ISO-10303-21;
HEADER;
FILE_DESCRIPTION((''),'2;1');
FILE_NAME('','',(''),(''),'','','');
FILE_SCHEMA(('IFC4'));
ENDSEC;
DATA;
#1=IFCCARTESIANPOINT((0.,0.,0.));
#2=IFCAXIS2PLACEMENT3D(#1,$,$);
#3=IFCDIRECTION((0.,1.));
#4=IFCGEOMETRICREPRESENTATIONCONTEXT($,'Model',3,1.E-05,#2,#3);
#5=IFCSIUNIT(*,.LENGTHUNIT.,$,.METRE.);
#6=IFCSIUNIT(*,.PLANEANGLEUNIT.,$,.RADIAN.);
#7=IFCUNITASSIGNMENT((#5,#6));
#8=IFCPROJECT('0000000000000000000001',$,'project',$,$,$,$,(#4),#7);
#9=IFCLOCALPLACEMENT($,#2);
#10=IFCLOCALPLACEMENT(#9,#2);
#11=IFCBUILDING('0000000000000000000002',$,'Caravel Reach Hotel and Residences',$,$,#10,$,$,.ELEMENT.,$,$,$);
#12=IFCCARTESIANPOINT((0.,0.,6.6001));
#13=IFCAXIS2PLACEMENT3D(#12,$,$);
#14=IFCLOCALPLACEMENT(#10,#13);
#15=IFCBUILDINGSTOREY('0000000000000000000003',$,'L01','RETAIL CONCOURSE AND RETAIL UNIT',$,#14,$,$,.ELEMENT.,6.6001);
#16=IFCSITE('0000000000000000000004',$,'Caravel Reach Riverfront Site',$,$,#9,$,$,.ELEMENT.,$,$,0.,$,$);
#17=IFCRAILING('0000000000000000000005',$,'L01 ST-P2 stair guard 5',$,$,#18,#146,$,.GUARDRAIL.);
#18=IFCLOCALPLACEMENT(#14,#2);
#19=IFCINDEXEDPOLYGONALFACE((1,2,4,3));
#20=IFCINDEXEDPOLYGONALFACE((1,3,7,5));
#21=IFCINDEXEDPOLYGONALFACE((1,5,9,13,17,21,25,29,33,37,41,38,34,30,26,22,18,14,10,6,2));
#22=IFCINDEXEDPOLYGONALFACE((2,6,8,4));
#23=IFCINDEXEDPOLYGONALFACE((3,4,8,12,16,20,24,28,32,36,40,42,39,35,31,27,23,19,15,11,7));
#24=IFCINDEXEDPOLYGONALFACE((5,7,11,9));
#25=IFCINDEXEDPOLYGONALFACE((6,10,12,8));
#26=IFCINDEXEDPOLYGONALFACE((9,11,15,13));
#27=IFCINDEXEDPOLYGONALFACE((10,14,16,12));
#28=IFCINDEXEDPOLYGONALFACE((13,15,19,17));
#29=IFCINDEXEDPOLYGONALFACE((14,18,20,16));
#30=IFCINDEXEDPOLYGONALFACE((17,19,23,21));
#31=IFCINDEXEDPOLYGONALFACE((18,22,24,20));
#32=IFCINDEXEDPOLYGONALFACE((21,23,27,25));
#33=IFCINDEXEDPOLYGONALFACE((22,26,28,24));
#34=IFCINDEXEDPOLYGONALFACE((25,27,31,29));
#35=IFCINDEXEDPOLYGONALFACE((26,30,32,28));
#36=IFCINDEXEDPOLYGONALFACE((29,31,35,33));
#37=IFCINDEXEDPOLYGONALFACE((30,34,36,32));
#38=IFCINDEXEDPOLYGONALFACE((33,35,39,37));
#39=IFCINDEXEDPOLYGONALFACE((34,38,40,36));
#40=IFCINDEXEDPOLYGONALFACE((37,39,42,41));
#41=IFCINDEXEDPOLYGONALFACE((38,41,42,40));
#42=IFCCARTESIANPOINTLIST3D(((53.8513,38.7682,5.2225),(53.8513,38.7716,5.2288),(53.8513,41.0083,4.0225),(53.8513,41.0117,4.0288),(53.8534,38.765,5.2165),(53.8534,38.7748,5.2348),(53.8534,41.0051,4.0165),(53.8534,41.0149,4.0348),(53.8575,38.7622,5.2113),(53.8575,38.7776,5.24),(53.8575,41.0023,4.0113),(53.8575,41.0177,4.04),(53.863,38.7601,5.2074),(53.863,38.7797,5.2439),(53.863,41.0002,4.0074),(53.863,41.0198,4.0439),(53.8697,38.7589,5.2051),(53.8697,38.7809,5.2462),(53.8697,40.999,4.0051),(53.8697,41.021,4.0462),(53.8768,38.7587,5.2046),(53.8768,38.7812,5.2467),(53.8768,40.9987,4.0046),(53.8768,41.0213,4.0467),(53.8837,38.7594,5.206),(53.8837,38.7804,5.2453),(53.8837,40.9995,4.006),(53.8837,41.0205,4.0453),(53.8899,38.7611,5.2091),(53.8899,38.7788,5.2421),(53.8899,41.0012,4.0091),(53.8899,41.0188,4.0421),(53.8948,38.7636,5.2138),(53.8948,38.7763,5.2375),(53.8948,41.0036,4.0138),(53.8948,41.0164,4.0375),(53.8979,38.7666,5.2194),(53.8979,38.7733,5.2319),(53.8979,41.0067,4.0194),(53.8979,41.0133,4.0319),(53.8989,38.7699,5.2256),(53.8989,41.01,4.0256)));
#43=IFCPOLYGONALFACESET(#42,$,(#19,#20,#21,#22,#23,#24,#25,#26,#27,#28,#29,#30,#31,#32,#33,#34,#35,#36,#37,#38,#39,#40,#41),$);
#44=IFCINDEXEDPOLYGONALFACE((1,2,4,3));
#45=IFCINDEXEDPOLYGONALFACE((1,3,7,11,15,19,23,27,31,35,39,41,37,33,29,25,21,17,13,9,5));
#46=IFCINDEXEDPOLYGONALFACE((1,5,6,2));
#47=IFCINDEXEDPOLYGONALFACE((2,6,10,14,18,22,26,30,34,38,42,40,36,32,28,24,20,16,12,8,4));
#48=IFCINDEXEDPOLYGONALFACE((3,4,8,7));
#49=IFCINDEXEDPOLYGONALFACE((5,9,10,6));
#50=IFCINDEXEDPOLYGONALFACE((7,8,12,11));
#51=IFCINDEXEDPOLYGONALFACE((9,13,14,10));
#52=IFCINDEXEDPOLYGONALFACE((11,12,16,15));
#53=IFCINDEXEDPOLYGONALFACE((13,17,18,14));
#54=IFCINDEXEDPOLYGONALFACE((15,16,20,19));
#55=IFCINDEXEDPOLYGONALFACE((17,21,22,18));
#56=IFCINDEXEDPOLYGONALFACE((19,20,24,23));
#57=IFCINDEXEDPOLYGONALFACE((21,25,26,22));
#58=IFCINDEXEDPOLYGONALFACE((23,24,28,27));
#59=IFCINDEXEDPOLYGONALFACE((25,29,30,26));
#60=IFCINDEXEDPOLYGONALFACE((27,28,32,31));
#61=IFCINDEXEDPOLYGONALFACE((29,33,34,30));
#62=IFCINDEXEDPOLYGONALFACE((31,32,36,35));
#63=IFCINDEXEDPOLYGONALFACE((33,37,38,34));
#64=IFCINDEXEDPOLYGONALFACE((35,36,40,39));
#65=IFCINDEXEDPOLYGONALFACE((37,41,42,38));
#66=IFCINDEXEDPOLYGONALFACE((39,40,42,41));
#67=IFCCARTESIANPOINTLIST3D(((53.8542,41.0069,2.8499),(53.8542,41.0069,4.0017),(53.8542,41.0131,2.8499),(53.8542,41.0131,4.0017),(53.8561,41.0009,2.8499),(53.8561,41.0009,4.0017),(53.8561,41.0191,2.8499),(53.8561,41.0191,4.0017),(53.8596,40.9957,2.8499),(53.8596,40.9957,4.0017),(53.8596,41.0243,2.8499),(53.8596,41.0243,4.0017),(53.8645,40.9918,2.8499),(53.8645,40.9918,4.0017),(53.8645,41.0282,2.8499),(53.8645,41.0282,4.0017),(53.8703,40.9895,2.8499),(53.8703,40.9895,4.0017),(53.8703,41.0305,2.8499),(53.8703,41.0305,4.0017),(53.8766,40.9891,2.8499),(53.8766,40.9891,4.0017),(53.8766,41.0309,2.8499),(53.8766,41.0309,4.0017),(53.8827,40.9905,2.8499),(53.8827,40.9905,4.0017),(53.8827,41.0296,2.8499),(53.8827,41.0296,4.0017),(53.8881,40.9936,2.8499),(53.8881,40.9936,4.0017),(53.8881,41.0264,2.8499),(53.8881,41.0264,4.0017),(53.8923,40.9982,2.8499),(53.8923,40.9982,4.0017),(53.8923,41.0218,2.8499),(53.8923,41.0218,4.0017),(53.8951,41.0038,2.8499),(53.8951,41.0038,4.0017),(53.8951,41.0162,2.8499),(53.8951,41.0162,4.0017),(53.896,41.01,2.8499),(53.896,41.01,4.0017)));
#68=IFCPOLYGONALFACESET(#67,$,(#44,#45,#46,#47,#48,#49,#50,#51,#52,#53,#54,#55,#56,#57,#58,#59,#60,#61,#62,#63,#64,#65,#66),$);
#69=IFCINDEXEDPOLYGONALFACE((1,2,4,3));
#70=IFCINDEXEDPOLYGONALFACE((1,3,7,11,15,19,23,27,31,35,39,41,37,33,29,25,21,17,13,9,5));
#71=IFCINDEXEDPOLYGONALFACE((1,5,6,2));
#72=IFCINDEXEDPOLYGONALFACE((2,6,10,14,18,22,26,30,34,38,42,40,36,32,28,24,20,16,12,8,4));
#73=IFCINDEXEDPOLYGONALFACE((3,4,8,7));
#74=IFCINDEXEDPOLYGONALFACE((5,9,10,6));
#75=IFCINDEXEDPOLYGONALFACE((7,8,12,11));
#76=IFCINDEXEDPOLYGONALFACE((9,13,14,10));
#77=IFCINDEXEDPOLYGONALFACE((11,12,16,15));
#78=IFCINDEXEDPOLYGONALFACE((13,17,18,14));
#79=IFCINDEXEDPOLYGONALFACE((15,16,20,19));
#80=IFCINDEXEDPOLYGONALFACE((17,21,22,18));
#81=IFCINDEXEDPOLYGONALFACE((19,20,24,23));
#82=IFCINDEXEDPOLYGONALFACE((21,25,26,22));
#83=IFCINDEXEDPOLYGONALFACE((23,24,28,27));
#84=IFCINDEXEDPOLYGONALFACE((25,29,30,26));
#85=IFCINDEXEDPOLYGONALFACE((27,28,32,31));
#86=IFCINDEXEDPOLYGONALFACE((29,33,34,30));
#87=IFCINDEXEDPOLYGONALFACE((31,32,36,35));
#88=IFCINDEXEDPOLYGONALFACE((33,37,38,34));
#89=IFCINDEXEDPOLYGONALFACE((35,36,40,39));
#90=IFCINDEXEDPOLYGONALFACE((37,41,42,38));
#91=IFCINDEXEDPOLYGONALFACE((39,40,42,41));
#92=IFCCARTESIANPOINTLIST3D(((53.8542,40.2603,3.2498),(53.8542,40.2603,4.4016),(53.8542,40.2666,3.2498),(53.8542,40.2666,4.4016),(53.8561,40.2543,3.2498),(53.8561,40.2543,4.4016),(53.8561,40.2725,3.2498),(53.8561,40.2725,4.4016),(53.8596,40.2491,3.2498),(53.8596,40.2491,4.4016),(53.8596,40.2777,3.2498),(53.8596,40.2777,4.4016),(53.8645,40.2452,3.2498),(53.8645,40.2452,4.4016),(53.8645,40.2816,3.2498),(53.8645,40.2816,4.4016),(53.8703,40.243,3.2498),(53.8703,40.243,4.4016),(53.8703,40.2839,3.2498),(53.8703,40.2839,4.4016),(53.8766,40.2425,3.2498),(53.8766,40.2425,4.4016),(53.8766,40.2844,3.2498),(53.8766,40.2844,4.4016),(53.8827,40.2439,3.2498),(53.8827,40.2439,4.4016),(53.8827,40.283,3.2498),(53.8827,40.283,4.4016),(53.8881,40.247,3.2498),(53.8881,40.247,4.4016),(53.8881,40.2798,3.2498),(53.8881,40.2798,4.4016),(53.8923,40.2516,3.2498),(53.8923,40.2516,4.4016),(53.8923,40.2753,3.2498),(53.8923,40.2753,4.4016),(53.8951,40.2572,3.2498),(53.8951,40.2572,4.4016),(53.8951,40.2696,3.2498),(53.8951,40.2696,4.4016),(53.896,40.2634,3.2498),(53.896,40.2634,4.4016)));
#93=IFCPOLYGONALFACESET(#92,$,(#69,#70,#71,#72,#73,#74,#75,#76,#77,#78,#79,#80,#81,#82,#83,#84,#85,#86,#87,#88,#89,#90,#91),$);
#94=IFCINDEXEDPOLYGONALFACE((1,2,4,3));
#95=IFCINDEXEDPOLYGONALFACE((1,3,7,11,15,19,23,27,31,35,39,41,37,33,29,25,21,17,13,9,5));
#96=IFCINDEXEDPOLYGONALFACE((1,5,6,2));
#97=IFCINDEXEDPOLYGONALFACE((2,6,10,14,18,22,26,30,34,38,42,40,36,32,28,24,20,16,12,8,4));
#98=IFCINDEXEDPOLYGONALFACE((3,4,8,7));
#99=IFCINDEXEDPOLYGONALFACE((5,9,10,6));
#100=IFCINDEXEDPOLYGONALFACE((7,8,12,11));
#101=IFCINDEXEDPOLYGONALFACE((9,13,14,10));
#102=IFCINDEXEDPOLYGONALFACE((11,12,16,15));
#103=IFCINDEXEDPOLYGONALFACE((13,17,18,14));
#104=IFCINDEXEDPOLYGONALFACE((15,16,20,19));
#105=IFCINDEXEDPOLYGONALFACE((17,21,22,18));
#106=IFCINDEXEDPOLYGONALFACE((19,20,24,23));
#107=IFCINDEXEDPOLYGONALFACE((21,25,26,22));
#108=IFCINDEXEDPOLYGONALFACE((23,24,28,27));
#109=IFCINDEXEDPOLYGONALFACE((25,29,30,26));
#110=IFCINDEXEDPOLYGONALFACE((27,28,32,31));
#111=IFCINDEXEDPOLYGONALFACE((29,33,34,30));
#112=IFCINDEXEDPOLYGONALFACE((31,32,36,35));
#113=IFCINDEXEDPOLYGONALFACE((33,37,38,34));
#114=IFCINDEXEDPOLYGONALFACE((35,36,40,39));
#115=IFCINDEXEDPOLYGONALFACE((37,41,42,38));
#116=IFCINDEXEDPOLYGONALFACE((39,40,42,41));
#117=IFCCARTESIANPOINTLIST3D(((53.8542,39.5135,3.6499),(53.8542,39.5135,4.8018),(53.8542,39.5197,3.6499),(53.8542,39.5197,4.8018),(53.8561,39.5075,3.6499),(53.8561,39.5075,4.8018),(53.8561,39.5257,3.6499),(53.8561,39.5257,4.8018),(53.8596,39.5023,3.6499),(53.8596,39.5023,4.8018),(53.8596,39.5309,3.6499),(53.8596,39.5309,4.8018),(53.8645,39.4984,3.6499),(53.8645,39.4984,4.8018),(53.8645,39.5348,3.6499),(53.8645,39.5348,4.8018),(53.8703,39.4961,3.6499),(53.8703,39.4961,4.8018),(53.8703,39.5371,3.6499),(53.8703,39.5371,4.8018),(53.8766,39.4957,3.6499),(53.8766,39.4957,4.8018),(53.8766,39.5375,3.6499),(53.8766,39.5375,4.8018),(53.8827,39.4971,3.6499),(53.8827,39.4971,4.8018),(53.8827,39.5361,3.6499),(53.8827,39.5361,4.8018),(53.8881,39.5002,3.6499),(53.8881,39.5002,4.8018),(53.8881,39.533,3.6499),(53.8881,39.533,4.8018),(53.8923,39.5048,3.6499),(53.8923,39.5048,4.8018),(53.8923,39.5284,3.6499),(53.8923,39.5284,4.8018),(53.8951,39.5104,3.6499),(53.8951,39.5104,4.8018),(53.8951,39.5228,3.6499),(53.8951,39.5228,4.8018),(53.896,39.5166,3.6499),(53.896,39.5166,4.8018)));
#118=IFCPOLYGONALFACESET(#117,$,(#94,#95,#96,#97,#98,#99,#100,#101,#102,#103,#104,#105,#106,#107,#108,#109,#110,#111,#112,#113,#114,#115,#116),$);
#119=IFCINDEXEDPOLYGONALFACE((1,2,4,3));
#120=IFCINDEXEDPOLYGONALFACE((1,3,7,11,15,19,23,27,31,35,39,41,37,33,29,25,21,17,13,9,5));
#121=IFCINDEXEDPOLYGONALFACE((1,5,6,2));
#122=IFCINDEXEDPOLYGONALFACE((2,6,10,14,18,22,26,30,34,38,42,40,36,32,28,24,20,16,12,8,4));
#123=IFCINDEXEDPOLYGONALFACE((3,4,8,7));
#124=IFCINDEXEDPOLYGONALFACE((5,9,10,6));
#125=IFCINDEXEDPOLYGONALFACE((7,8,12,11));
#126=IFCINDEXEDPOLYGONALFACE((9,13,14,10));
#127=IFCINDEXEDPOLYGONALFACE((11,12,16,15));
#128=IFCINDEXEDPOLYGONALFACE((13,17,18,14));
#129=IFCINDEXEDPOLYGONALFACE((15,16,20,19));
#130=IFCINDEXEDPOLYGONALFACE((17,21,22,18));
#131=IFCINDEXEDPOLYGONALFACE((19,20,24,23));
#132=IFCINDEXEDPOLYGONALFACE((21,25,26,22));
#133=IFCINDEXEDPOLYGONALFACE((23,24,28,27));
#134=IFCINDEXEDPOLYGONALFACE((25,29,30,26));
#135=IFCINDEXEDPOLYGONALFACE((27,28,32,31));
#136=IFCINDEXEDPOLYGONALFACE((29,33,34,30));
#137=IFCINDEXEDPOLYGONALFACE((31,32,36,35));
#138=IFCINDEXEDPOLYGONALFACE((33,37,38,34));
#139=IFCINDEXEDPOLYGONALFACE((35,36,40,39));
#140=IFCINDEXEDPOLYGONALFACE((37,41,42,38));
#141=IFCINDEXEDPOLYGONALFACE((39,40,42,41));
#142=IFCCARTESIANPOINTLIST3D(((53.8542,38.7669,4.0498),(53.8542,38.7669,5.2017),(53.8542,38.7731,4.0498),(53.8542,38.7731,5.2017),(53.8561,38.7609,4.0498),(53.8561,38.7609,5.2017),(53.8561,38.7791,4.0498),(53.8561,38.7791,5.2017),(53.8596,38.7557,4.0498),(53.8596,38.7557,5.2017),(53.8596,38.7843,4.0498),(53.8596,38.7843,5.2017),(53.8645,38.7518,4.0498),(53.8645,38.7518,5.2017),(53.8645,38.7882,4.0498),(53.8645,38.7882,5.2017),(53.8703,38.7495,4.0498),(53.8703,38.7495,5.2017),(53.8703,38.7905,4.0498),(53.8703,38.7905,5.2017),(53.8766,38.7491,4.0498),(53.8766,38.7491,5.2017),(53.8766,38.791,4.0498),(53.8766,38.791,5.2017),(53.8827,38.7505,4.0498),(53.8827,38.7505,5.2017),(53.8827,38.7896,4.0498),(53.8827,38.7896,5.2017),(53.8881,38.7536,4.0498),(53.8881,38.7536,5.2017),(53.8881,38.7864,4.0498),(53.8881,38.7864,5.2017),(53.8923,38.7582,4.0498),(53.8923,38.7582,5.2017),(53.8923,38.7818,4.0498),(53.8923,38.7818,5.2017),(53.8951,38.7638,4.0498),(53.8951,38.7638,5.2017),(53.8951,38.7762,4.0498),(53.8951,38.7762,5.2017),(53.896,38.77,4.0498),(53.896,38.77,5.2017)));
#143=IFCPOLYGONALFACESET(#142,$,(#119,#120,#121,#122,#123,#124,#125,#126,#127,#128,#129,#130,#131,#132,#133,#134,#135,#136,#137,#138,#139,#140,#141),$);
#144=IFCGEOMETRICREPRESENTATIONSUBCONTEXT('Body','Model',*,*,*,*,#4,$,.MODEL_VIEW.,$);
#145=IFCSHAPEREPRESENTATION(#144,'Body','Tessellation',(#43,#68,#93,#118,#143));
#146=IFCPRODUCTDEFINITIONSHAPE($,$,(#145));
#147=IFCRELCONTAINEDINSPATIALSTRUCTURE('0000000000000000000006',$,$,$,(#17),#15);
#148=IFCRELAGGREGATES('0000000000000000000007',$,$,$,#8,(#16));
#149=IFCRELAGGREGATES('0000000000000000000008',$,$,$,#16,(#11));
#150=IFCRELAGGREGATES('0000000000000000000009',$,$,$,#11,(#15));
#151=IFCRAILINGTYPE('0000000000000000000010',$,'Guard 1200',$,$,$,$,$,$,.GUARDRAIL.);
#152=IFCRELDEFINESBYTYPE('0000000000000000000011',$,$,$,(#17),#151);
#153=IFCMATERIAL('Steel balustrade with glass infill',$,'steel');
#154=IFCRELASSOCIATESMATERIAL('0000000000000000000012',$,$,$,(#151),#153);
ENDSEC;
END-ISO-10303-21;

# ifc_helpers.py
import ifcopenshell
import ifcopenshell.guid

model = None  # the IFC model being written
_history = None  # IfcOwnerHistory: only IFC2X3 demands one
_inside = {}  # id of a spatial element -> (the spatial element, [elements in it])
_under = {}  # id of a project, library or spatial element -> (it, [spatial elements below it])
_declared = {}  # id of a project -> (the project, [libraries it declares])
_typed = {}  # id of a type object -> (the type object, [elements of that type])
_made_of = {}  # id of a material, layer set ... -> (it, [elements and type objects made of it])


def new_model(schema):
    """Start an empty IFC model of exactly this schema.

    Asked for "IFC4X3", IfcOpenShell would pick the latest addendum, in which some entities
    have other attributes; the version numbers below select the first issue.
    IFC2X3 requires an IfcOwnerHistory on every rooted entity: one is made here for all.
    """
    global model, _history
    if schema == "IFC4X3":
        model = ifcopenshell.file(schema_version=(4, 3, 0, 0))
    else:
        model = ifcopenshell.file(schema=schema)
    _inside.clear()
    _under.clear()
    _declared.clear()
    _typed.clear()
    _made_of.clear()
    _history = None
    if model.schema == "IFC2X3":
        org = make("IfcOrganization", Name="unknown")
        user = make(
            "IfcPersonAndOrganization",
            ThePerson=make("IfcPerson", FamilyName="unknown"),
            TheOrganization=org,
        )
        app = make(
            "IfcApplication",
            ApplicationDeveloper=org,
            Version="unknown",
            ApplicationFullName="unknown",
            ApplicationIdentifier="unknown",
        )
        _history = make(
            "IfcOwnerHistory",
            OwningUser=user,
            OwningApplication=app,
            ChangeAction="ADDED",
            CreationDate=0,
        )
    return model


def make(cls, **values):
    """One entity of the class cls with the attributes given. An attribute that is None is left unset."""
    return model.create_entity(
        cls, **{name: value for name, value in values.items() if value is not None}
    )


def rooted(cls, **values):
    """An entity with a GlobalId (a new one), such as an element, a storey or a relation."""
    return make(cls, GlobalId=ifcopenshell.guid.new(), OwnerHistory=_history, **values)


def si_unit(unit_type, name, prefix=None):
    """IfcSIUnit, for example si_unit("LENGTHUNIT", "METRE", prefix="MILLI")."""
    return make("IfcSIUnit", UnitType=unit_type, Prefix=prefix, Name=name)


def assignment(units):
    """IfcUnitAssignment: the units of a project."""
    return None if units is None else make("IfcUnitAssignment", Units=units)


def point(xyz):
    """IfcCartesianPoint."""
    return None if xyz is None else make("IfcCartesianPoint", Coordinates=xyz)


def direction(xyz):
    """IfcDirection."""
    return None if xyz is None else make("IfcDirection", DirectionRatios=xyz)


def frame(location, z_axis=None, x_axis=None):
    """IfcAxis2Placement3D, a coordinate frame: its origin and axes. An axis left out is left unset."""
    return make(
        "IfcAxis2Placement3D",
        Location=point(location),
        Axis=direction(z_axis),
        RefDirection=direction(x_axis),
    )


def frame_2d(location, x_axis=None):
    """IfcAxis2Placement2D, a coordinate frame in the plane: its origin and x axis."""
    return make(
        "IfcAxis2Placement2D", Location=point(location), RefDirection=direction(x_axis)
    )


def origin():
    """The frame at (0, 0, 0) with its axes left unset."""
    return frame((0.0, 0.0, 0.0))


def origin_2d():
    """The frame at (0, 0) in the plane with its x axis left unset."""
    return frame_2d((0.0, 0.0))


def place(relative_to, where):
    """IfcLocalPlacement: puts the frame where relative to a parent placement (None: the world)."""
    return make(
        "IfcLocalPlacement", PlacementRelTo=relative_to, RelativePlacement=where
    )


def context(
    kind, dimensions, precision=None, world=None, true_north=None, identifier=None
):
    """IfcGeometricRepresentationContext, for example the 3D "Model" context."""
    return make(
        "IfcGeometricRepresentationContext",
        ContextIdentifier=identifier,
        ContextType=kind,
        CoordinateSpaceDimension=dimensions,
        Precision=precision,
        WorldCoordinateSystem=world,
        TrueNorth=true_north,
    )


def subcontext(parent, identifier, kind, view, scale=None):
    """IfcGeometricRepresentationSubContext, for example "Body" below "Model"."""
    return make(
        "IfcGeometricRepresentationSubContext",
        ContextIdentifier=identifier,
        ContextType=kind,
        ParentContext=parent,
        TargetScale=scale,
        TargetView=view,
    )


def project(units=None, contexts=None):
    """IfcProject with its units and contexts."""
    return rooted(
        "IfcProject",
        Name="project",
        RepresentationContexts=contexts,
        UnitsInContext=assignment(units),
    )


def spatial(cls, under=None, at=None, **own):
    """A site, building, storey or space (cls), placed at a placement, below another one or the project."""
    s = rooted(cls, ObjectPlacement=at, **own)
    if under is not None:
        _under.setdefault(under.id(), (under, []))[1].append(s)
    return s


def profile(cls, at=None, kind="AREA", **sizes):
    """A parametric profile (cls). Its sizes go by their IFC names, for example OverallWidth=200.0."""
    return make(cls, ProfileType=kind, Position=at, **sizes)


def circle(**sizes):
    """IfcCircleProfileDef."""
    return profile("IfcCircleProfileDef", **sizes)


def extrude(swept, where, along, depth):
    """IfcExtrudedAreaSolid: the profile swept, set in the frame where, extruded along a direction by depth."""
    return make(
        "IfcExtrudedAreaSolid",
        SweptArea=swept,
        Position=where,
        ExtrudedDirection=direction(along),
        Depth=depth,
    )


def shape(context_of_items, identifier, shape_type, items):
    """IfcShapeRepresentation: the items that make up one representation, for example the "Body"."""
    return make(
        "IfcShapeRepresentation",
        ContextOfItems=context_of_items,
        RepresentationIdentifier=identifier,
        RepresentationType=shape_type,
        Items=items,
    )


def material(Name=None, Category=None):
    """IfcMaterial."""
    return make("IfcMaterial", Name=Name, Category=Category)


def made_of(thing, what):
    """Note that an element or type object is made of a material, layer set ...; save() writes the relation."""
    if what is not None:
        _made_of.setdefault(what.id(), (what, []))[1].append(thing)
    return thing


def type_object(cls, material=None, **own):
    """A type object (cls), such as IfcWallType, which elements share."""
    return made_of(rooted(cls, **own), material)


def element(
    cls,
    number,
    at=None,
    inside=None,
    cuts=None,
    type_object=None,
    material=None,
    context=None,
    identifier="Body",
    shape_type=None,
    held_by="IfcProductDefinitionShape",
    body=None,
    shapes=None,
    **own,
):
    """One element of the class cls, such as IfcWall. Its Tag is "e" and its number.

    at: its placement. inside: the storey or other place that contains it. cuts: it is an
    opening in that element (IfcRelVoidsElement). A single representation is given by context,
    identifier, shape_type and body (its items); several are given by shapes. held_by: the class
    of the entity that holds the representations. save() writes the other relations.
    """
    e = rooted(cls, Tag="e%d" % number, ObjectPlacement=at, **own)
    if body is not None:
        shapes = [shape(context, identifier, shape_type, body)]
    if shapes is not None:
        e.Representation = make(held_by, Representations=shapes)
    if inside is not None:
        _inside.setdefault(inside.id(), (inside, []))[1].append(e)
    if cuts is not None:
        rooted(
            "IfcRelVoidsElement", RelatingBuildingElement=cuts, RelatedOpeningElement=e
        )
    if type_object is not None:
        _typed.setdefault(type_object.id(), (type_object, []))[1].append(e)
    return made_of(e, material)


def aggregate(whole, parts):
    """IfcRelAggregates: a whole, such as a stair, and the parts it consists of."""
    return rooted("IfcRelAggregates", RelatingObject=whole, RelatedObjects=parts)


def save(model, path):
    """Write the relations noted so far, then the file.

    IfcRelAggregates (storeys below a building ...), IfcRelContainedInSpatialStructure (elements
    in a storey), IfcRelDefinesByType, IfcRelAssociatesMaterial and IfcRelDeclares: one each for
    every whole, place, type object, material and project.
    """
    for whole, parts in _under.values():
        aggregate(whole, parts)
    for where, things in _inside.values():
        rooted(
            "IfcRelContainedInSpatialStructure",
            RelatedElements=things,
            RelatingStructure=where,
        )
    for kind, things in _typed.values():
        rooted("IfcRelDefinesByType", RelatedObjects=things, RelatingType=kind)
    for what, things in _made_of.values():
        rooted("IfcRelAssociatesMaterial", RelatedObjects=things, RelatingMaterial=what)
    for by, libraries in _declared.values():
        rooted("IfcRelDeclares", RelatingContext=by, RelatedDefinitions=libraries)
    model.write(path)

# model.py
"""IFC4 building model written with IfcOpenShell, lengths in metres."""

from ifc_helpers import new_model, si_unit, direction, frame, origin, origin_2d, place, context, subcontext, project, spatial, circle, extrude, material, type_object, element, save


model = new_model("IFC4")

# Units and contexts
model_context = context("Model", 3, precision=1e-05, world=origin(), true_north=direction((0.0, 1.0)))
body_context = subcontext(model_context, "Body", "Model", "MODEL_VIEW")
ifc_project = project(units=[si_unit("LENGTHUNIT", "METRE"), si_unit("PLANEANGLEUNIT", "RADIAN")], contexts=[model_context])

# Site, building, storey
site_placement = place(None, origin())
site = spatial("IfcSite", under=ifc_project, at=site_placement, Name="Caravel Reach Riverfront Site", CompositionType="ELEMENT", RefElevation=0.0)
building_placement = place(site_placement, origin())
building = spatial("IfcBuilding", under=site, at=building_placement, Name="Caravel Reach Hotel and Residences", CompositionType="ELEMENT")
storey_placement = place(building_placement, frame((0.0, 0.0, 6.6001)))
storey = spatial("IfcBuildingStorey", under=building, at=storey_placement, Name="L01", Description="RETAIL CONCOURSE AND RETAIL UNIT", CompositionType="ELEMENT", Elevation=6.6001)

# Railing
ifc_material_1 = material(Name="Steel balustrade with glass infill", Category="steel")
railing_type_1 = type_object("IfcRailingType", Name="Guard 1200", PredefinedType="GUARDRAIL", material=ifc_material_1)
railing_1_placement = place(storey_placement, frame((53.875, 41.01, 2.8499)))
element("IfcRailing", 1, at=railing_1_placement, inside=storey, type_object=railing_type_1, Name="L01 ST-P2 stair guard 5", PredefinedType="GUARDRAIL", context=body_context, shape_type="SweptSolid", body=[
    extrude(circle(Radius=0.0239, at=origin_2d()), frame((0.0, 0.0, 1.1758), z_axis=(0.0, -0.881487, 0.472208), x_axis=(1.0, 0.0, 0.0)), (0.0, 0.0, 1.0), 2.5413),
    extrude(circle(Radius=0.021, at=origin_2d()), origin(), (0.0, 0.0, 1.0), 1.1519),
    extrude(circle(Radius=0.021, at=origin_2d()), frame((0.0, -0.7466, 0.3999)), (0.0, 0.0, 1.0), 1.1519),
    extrude(circle(Radius=0.021, at=origin_2d()), frame((0.0, -1.4934, 0.8)), (0.0, 0.0, 1.0), 1.1519),
    extrude(circle(Radius=0.021, at=origin_2d()), frame((0.0, -2.24, 1.2)), (0.0, 0.0, 1.0), 1.1519),
])

save(model, "model.ifc")
